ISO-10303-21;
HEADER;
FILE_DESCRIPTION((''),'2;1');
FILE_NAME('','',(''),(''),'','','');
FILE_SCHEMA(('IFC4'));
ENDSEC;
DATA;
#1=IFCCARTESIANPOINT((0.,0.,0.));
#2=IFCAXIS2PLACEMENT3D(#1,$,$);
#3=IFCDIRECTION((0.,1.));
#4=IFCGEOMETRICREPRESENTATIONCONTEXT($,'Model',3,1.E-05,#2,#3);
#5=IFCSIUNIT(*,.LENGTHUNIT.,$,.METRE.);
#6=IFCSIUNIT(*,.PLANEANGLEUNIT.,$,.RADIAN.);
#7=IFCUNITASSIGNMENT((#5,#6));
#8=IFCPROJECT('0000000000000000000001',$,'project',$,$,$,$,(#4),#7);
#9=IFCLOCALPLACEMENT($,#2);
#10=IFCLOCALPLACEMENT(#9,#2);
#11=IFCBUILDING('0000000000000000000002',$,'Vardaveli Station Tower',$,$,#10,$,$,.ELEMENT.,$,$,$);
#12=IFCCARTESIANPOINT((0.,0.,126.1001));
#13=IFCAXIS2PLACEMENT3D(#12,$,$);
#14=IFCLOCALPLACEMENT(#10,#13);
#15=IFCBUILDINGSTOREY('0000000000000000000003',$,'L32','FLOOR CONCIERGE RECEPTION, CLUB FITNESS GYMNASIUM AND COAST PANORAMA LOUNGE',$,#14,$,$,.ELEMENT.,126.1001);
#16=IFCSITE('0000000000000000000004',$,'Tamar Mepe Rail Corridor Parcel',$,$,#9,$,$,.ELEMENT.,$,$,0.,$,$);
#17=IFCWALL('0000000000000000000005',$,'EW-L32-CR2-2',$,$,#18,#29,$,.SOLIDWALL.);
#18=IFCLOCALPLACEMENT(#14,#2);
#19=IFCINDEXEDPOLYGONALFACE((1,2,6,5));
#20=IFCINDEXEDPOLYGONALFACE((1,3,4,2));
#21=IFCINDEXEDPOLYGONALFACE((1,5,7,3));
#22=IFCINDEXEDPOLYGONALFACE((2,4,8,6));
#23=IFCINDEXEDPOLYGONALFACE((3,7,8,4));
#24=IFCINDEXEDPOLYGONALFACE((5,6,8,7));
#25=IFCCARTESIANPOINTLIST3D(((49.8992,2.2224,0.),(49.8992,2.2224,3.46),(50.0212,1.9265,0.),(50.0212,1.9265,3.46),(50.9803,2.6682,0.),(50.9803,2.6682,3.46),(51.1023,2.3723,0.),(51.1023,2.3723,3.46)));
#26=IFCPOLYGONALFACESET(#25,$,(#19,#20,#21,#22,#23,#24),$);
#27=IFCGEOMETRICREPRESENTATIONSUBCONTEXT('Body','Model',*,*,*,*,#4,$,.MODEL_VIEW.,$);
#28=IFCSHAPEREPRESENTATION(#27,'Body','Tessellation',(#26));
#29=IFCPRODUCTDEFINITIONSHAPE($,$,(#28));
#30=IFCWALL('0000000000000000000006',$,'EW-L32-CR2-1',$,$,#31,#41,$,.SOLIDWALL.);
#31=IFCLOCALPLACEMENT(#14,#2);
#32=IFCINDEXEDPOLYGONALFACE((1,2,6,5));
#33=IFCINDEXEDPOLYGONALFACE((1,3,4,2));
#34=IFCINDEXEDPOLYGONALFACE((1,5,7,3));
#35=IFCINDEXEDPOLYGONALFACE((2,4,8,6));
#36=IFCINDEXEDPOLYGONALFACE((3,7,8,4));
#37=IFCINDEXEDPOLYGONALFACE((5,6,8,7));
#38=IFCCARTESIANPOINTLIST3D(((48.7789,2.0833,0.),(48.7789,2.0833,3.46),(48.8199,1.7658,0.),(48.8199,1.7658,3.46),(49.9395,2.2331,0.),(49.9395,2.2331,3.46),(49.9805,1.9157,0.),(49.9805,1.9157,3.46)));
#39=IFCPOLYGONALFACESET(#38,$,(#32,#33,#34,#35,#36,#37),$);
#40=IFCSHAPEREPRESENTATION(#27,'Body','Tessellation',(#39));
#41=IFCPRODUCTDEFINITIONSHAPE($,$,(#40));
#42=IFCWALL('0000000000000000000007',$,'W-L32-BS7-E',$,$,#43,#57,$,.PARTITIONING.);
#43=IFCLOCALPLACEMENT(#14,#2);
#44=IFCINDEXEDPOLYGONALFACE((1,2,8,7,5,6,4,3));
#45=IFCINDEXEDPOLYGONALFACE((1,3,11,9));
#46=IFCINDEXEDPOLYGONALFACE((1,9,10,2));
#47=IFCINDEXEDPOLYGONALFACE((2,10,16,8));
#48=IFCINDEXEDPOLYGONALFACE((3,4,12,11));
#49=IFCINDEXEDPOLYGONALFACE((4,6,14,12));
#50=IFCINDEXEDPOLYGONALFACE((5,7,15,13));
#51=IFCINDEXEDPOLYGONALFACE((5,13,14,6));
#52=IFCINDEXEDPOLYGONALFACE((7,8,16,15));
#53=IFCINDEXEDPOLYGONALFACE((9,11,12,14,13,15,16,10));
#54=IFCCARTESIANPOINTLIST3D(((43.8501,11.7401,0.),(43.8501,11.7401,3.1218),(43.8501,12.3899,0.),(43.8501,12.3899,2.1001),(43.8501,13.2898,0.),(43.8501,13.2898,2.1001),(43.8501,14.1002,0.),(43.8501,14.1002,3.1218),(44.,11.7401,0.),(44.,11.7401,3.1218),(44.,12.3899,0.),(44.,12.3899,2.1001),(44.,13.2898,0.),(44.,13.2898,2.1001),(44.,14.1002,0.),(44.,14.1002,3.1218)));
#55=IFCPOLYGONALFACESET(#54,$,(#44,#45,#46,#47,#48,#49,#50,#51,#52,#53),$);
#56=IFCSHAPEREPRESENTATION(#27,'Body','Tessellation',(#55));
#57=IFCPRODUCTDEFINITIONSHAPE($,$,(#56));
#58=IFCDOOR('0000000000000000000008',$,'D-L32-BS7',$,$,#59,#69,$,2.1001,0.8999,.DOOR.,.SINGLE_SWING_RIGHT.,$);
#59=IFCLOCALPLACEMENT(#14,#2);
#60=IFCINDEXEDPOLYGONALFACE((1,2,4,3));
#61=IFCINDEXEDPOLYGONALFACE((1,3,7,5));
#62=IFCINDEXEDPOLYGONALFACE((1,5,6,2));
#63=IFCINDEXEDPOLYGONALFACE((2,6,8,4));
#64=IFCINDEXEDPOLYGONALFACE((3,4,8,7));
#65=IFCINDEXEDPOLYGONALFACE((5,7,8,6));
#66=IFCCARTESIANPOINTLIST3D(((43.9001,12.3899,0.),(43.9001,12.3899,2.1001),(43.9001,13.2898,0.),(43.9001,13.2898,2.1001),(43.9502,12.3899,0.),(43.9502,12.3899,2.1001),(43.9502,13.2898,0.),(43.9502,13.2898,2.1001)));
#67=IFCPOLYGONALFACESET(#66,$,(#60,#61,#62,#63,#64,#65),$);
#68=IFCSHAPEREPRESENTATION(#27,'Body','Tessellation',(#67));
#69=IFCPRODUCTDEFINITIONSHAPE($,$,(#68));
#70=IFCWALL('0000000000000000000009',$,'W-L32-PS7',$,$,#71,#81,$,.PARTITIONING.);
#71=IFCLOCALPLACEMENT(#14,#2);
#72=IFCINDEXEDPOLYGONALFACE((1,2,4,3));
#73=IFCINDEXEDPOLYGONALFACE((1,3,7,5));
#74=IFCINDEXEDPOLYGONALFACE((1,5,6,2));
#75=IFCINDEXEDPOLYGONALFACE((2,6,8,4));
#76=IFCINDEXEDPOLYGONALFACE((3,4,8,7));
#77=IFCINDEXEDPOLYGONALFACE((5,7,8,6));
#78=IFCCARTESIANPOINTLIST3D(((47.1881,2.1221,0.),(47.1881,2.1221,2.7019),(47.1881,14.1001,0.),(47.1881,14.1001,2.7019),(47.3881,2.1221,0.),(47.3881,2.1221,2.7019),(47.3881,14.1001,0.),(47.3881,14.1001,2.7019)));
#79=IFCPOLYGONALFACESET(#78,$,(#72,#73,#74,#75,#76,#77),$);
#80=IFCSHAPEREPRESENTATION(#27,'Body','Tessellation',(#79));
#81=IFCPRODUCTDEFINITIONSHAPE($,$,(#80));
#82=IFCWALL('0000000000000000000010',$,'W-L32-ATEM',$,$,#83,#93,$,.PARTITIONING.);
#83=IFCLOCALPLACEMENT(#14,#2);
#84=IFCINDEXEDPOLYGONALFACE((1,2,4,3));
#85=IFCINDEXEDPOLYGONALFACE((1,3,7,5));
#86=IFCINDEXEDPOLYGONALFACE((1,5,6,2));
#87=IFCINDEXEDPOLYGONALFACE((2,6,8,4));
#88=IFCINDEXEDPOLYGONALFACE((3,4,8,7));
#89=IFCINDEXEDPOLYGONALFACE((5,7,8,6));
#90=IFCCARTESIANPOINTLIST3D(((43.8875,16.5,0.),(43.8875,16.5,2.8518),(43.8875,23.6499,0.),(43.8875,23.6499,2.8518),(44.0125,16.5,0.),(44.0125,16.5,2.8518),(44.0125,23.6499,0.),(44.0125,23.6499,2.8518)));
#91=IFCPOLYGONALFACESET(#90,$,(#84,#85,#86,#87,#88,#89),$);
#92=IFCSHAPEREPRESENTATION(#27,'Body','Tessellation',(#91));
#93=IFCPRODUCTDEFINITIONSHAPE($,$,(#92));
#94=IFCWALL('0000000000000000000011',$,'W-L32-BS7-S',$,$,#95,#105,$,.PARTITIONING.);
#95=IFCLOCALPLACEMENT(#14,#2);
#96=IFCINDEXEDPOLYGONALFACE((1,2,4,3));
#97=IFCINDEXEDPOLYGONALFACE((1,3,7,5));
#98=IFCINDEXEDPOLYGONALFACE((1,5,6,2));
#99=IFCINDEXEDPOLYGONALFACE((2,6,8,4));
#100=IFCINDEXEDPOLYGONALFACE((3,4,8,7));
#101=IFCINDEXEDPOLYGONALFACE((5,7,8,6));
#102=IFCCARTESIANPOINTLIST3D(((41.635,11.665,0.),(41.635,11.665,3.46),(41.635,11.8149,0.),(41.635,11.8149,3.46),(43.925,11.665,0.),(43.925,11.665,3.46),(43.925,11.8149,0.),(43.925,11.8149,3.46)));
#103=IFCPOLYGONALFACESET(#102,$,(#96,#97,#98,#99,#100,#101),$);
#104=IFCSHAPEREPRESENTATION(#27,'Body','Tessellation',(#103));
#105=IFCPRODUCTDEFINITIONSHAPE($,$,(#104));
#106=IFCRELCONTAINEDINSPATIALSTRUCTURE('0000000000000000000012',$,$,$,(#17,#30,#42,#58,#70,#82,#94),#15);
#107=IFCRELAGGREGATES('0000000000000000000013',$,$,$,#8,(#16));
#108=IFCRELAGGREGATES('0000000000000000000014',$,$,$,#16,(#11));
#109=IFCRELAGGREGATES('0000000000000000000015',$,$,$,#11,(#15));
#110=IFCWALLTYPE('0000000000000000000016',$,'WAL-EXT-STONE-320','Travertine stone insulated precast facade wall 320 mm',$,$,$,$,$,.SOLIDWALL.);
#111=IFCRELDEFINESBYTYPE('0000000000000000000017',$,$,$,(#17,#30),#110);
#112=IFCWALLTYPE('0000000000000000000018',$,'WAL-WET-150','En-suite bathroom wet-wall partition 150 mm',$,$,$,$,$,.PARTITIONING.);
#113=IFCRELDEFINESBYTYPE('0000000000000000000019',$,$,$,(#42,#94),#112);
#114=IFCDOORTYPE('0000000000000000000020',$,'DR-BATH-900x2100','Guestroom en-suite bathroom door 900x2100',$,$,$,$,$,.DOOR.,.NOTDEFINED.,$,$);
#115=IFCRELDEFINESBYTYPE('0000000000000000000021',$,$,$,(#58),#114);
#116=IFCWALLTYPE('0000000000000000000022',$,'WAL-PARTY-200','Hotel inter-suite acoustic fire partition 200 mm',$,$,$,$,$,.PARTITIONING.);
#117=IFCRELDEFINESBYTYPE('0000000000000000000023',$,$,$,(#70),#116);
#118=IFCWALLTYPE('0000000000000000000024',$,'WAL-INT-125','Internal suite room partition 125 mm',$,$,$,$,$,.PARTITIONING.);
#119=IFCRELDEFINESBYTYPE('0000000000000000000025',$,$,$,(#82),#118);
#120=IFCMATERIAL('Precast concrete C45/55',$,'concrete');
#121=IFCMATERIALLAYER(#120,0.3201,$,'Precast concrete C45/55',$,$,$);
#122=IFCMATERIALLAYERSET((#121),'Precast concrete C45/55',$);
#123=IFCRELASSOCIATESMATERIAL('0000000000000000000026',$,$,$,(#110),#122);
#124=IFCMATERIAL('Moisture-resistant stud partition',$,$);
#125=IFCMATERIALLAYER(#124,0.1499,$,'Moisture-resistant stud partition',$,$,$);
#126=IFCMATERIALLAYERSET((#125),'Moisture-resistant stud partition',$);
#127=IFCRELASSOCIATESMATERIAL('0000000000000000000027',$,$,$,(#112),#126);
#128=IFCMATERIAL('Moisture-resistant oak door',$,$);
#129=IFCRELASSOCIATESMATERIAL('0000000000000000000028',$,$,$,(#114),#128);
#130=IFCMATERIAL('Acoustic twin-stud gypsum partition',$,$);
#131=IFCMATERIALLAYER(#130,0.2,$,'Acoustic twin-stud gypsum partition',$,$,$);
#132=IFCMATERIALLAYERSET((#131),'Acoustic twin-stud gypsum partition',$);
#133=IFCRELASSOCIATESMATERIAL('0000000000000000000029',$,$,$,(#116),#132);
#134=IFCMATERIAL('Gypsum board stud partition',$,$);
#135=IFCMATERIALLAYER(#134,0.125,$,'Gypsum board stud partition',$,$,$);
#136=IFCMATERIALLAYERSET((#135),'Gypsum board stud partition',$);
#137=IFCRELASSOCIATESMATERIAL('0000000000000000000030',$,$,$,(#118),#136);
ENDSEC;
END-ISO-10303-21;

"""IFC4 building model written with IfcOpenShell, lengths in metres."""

from ifc_helpers import new_model, si_unit, direction, frame, frame_2d, origin, place, context, subcontext, project, spatial, rectangle, extrude, source, transform, mapped, material, layer, layer_set, type_object, element, fill, save


model = new_model("IFC4")

# Units and contexts
model_context = context("Model", 3, precision=1e-05, world=origin(), true_north=direction((0.0, 1.0)))
body_context = subcontext(model_context, "Body", "Model", "MODEL_VIEW")
ifc_project = project(units=[si_unit("LENGTHUNIT", "METRE"), si_unit("PLANEANGLEUNIT", "RADIAN")], contexts=[model_context])

# Site, building, storey
site_placement = place(None, origin())
site = spatial("IfcSite", under=ifc_project, at=site_placement, Name="Tamar Mepe Rail Corridor Parcel", CompositionType="ELEMENT", RefElevation=0.0)
building_placement = place(site_placement, origin())
building = spatial("IfcBuilding", under=site, at=building_placement, Name="Vardaveli Station Tower", CompositionType="ELEMENT")
storey_placement = place(building_placement, frame((0.0, 0.0, 126.1001)))
storey = spatial("IfcBuildingStorey", under=building, at=storey_placement, Name="L32", Description="FLOOR CONCIERGE RECEPTION, CLUB FITNESS GYMNASIUM AND COAST PANORAMA LOUNGE", CompositionType="ELEMENT", Elevation=126.1001)

# Shared definitions
ifc_material_1 = material(Name="Precast concrete C45/55", Category="concrete")

# Shared definitions
ifc_layer_1 = layer(ifc_material_1, 0.3201, Name="Precast concrete C45/55")
ifc_layer_set_1 = layer_set([ifc_layer_1], Name="Precast concrete C45/55")
wall_type_1 = type_object("IfcWallType", Name="WAL-EXT-STONE-320", Description="Travertine stone insulated precast facade wall 320 mm", PredefinedType="SOLIDWALL", material=ifc_layer_set_1)

# Walls
shared_shape_1 = source(origin(), body_context, "Body", "SweptSolid", [
    extrude(rectangle(XDim=1.1694, YDim=0.3201, at=frame_2d((0.5847, 0.0))), origin(), (0.0, 0.0, 1.0), 3.46),
])
wall_1_placement = place(storey_placement, frame((49.9602, 2.0745, 0.0), z_axis=(0.0, 0.0, 1.0), x_axis=(0.924479, 0.381233, 0.0)))
element("IfcWall", 1, at=wall_1_placement, inside=storey, type_object=wall_type_1, Name="EW-L32-CR2-2", PredefinedType="SOLIDWALL", context=body_context, shape_type="MappedRepresentation", body=[
    mapped(shared_shape_1, transform((0.0, 0.0, 0.0), scale=1.0)),
])
shared_shape_2 = source(origin(), body_context, "Body", "SweptSolid", [
    extrude(rectangle(XDim=1.1702, YDim=0.3201, at=frame_2d((0.585, 0.0))), origin(), (0.0, 0.0, 1.0), 3.46),
])
wall_2_placement = place(storey_placement, frame((48.7996, 1.9246, 0.0), z_axis=(0.0, 0.0, 1.0), x_axis=(0.991762, 0.12809, 0.0)))
element("IfcWall", 2, at=wall_2_placement, inside=storey, type_object=wall_type_1, Name="EW-L32-CR2-1", PredefinedType="SOLIDWALL", context=body_context, shape_type="MappedRepresentation", body=[
    mapped(shared_shape_2, transform((0.0, 0.0, 0.0), scale=1.0)),
])

# Wall, opening, door
ifc_material_2 = material(Name="Moisture-resistant stud partition")
ifc_layer_2 = layer(ifc_material_2, 0.1499, Name="Moisture-resistant stud partition")
ifc_layer_set_2 = layer_set([ifc_layer_2], Name="Moisture-resistant stud partition")
wall_type_2 = type_object("IfcWallType", Name="WAL-WET-150", Description="En-suite bathroom wet-wall partition 150 mm", PredefinedType="PARTITIONING", material=ifc_layer_set_2)
shared_shape_3 = source(origin(), body_context, "Body", "SweptSolid", [
    extrude(rectangle(XDim=2.3601, YDim=0.1499, at=frame_2d((1.1802, 0.0))), origin(), (0.0, 0.0, 1.0), 3.1218),
])
wall_3_placement = place(storey_placement, frame((43.925, 11.74, 0.0), z_axis=(0.0, 0.0, 1.0), x_axis=(0.0, 1.0, 0.0)))
wall_3 = element("IfcWall", 3, at=wall_3_placement, inside=storey, type_object=wall_type_2, Name="W-L32-BS7-E", PredefinedType="PARTITIONING", context=body_context, shape_type="MappedRepresentation", body=[
    mapped(shared_shape_3, transform((0.0, 0.0, 0.0), scale=1.0)),
])
shared_shape_4 = source(origin(), body_context, "Body", "SweptSolid", [
    extrude(rectangle(XDim=0.8999, YDim=2.1001, at=frame_2d((0.45, 1.05))), frame((0.0, 0.085, 0.0), z_axis=(0.0, -1.0, 0.0), x_axis=(1.0, 0.0, 0.0)), (0.0, 0.0, 1.0), 0.1699),
])
opening_1_placement = place(wall_3_placement, frame((0.6499, 0.0, 0.0)))
opening_1 = element("IfcOpeningElement", 4, at=opening_1_placement, cuts=wall_3, PredefinedType="OPENING", context=body_context, shape_type="MappedRepresentation", body=[
    mapped(shared_shape_4, transform((0.0, 0.0, 0.0), scale=1.0)),
])
ifc_material_3 = material(Name="Moisture-resistant oak door")
door_type_1 = type_object("IfcDoorType", Name="DR-BATH-900x2100", Description="Guestroom en-suite bathroom door 900x2100", OperationType="NOTDEFINED", PredefinedType="DOOR", material=ifc_material_3)
shared_shape_5 = source(origin(), body_context, "Body", "SweptSolid", [
    extrude(rectangle(XDim=0.8999, YDim=2.1001, at=frame_2d((0.45, 1.05))), frame((0.0, 0.0249, 0.0), z_axis=(0.0, -1.0, 0.0), x_axis=(1.0, 0.0, 0.0)), (0.0, 0.0, 1.0), 0.05),
])
door_1_placement = place(opening_1_placement, origin())
door_1 = element("IfcDoor", 5, at=door_1_placement, inside=storey, type_object=door_type_1, Name="D-L32-BS7", OperationType="SINGLE_SWING_RIGHT", OverallHeight=2.1001, OverallWidth=0.8999, PredefinedType="DOOR", context=body_context, shape_type="MappedRepresentation", body=[
    mapped(shared_shape_5, transform((0.0, 0.0, 0.0), scale=1.0)),
])
fill(opening_1, door_1)

# Walls
ifc_material_4 = material(Name="Acoustic twin-stud gypsum partition")
ifc_layer_3 = layer(ifc_material_4, 0.2, Name="Acoustic twin-stud gypsum partition")
ifc_layer_set_3 = layer_set([ifc_layer_3], Name="Acoustic twin-stud gypsum partition")
wall_type_3 = type_object("IfcWallType", Name="WAL-PARTY-200", Description="Hotel inter-suite acoustic fire partition 200 mm", PredefinedType="PARTITIONING", material=ifc_layer_set_3)
shared_shape_6 = source(origin(), body_context, "Body", "SweptSolid", [
    extrude(rectangle(XDim=11.978, YDim=0.2, at=frame_2d((5.989, 0.0))), origin(), (0.0, 0.0, 1.0), 2.7019),
])
wall_4_placement = place(storey_placement, frame((47.2881, 2.1221, 0.0), z_axis=(0.0, 0.0, 1.0), x_axis=(0.0, 1.0, 0.0)))
element("IfcWall", 6, at=wall_4_placement, inside=storey, type_object=wall_type_3, Name="W-L32-PS7", PredefinedType="PARTITIONING", context=body_context, shape_type="MappedRepresentation", body=[
    mapped(shared_shape_6, transform((0.0, 0.0, 0.0), scale=1.0)),
])
ifc_material_5 = material(Name="Gypsum board stud partition")
ifc_layer_4 = layer(ifc_material_5, 0.125, Name="Gypsum board stud partition")
ifc_layer_set_4 = layer_set([ifc_layer_4], Name="Gypsum board stud partition")
wall_type_4 = type_object("IfcWallType", Name="WAL-INT-125", Description="Internal suite room partition 125 mm", PredefinedType="PARTITIONING", material=ifc_layer_set_4)
shared_shape_7 = source(origin(), body_context, "Body", "SweptSolid", [
    extrude(rectangle(XDim=7.1499, YDim=0.125, at=frame_2d((3.575, 0.0))), origin(), (0.0, 0.0, 1.0), 2.8518),
])
wall_5_placement = place(storey_placement, frame((43.95, 16.5, 0.0), z_axis=(0.0, 0.0, 1.0), x_axis=(0.0, 1.0, 0.0)))
element("IfcWall", 7, at=wall_5_placement, inside=storey, type_object=wall_type_4, Name="W-L32-ATEM", PredefinedType="PARTITIONING", context=body_context, shape_type="MappedRepresentation", body=[
    mapped(shared_shape_7, transform((0.0, 0.0, 0.0), scale=1.0)),
])
shared_shape_8 = source(origin(), body_context, "Body", "SweptSolid", [
    extrude(rectangle(XDim=2.29, YDim=0.1499, at=frame_2d((1.145, 0.0))), origin(), (0.0, 0.0, 1.0), 3.46),
])
wall_6_placement = place(storey_placement, frame((41.635, 11.74, 0.0), z_axis=(0.0, 0.0, 1.0), x_axis=(1.0, 0.0, 0.0)))
element("IfcWall", 8, at=wall_6_placement, inside=storey, type_object=wall_type_2, Name="W-L32-BS7-S", PredefinedType="PARTITIONING", context=body_context, shape_type="MappedRepresentation", body=[
    mapped(shared_shape_8, transform((0.0, 0.0, 0.0), scale=1.0)),
])

save(model, "model.ifc")
